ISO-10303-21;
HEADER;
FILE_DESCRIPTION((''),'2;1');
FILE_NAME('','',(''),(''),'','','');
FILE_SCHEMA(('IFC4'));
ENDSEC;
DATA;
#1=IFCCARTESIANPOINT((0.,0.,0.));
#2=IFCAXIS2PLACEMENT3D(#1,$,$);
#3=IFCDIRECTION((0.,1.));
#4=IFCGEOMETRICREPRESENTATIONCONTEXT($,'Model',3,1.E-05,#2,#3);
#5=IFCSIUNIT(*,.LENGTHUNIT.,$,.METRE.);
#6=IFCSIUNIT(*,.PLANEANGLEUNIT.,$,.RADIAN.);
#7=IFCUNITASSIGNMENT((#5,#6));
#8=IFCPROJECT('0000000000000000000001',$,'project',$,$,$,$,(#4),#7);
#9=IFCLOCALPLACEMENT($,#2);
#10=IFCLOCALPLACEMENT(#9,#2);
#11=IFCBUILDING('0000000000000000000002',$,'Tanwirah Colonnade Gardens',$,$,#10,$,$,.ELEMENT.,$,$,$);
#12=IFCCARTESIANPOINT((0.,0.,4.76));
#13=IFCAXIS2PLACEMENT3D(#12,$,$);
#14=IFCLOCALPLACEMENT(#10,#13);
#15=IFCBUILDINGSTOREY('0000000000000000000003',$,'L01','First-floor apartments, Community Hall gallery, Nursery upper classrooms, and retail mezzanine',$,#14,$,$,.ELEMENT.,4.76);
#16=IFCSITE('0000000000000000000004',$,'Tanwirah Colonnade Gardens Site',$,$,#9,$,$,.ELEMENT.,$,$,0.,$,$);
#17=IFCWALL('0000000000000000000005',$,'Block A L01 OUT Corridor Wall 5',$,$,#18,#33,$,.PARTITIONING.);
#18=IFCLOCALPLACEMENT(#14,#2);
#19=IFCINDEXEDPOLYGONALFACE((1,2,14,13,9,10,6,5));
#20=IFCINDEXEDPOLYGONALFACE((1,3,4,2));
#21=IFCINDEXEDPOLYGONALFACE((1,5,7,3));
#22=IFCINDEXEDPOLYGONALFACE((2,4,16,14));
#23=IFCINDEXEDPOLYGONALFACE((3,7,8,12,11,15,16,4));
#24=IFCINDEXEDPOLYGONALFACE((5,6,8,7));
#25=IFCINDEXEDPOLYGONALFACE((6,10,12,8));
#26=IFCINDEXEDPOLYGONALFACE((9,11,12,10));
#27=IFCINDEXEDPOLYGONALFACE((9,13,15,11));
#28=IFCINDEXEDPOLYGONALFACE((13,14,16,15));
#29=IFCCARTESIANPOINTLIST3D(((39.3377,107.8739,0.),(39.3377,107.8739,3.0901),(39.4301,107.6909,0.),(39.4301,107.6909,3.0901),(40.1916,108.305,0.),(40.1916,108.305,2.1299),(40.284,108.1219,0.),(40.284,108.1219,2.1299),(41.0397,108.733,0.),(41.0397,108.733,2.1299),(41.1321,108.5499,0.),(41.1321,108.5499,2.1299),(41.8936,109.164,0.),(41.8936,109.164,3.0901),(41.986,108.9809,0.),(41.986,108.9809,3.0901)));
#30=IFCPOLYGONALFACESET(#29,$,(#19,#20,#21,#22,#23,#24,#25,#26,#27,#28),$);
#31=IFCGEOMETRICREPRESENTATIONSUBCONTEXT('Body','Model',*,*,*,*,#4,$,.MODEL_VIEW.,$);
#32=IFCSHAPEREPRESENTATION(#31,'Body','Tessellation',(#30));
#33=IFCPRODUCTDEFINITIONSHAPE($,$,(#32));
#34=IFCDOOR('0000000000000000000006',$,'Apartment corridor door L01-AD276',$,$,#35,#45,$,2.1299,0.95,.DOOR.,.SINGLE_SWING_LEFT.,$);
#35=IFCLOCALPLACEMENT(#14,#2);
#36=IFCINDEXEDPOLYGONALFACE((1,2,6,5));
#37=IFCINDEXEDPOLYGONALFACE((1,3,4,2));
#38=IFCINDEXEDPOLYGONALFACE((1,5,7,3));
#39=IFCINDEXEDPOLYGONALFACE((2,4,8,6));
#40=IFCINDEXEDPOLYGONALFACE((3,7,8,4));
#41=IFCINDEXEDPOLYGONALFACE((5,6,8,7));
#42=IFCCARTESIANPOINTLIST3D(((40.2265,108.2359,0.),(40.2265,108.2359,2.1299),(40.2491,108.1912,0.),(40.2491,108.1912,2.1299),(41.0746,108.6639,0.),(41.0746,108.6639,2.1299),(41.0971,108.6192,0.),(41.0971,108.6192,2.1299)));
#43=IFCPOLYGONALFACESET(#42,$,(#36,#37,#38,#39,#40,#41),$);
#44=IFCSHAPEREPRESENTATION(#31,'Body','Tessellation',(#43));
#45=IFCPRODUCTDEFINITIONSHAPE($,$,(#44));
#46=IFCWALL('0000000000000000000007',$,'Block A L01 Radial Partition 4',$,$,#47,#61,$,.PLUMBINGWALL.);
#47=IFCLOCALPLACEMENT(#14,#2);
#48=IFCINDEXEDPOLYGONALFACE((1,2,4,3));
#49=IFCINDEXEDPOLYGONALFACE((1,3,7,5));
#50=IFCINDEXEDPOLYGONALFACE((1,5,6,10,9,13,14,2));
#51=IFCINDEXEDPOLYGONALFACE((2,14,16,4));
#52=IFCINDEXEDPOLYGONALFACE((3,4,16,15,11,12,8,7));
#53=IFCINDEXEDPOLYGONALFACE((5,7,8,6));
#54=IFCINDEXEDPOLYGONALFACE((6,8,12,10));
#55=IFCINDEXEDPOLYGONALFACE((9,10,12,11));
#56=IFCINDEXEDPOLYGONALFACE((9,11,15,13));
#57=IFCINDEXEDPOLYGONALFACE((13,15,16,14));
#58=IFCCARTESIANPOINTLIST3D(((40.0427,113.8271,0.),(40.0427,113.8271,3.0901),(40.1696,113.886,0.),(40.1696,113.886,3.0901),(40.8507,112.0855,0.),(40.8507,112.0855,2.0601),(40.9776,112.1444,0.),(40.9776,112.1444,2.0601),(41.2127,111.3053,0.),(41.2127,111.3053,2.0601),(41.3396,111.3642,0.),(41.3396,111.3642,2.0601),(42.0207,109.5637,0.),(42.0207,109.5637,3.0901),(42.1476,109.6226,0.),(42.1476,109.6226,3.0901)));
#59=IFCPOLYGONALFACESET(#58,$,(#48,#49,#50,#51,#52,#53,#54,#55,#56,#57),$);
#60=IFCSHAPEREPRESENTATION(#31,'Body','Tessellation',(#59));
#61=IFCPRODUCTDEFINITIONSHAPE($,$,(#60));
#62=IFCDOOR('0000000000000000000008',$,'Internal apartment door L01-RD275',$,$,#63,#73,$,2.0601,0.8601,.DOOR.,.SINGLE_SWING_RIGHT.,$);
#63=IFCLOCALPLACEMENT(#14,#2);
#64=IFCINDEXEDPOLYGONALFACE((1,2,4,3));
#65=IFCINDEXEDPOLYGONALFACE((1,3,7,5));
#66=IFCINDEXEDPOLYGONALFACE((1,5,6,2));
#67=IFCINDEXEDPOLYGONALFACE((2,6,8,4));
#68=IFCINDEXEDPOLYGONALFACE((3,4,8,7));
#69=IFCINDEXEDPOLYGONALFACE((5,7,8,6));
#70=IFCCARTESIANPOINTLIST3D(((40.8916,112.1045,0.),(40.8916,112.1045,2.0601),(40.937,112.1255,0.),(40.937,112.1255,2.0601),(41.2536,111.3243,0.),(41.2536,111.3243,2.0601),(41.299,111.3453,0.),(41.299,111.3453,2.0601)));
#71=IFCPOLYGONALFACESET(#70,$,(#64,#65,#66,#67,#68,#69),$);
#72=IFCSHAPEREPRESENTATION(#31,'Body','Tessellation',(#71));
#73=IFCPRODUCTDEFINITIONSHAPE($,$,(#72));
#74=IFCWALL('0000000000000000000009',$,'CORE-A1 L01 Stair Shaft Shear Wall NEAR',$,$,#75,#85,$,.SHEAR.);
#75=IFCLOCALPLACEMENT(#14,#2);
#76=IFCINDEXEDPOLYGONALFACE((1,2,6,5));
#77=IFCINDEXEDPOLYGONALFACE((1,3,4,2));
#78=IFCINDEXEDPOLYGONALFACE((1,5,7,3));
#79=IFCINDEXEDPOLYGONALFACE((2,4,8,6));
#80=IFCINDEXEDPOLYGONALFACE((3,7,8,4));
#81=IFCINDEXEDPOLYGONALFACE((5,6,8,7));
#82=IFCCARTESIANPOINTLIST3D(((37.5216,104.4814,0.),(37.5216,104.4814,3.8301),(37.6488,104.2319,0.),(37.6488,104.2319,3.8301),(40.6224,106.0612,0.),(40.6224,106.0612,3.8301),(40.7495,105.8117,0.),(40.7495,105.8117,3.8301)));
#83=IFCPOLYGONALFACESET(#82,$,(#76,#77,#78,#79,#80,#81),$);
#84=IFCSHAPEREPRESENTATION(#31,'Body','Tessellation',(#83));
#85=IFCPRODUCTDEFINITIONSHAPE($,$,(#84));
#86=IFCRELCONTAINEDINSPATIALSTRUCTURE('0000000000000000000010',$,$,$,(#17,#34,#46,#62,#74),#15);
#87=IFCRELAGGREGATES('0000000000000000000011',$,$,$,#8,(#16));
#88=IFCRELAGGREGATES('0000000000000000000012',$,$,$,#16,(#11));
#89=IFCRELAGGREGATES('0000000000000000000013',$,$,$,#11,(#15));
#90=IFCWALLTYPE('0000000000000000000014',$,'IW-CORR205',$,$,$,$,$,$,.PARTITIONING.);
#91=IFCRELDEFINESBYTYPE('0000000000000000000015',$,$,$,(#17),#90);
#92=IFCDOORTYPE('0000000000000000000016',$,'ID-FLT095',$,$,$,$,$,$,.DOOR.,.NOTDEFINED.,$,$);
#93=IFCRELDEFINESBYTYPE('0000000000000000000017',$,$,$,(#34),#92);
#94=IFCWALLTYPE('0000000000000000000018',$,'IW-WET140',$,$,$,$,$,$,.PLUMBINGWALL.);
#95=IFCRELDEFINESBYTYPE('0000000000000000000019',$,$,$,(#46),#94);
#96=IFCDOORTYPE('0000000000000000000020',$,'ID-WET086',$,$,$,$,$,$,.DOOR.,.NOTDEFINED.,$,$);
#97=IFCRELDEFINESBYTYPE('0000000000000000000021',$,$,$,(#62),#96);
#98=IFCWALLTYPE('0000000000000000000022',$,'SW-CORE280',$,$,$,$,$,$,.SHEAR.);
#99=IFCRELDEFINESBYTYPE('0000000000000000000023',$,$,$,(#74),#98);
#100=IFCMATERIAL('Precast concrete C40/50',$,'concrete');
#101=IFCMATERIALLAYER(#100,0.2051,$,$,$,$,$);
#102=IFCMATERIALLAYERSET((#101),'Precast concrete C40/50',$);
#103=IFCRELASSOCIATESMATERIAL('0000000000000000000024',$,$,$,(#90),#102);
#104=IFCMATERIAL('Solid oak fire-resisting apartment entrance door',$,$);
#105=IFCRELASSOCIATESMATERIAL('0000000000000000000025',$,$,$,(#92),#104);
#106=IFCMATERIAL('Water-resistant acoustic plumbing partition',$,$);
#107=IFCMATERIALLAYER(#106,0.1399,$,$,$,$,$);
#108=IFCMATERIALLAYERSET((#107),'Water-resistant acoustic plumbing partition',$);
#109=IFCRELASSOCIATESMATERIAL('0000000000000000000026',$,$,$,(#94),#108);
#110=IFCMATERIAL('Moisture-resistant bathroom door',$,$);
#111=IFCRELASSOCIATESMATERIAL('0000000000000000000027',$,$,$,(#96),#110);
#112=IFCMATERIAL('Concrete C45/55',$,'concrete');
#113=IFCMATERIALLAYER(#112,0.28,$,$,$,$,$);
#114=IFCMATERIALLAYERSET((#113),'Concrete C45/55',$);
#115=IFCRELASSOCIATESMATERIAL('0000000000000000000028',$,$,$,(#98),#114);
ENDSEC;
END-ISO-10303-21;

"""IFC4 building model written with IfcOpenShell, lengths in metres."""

from ifc_helpers import new_model, si_unit, direction, frame, frame_2d, origin, place, context, subcontext, project, spatial, rectangle, extrude, material, layer, layer_set, type_object, element, fill, save


model = new_model("IFC4")

# Units and contexts
model_context = context("Model", 3, precision=1e-05, world=origin(), true_north=direction((0.0, 1.0)))
body_context = subcontext(model_context, "Body", "Model", "MODEL_VIEW")
ifc_project = project(units=[si_unit("LENGTHUNIT", "METRE"), si_unit("PLANEANGLEUNIT", "RADIAN")], contexts=[model_context])

# Site, building, storey
site_placement = place(None, origin())
site = spatial("IfcSite", under=ifc_project, at=site_placement, Name="Tanwirah Colonnade Gardens Site", CompositionType="ELEMENT", RefElevation=0.0)
building_placement = place(site_placement, origin())
building = spatial("IfcBuilding", under=site, at=building_placement, Name="Tanwirah Colonnade Gardens", CompositionType="ELEMENT")
storey_placement = place(building_placement, frame((0.0, 0.0, 4.76)))
storey = spatial("IfcBuildingStorey", under=building, at=storey_placement, Name="L01", Description="First-floor apartments, Community Hall gallery, Nursery upper classrooms, and retail mezzanine", CompositionType="ELEMENT", Elevation=4.76)

# Shared definitions
ifc_material_1 = material(Name="Precast concrete C40/50", Category="concrete")

# Walls, openings, doors
ifc_layer_1 = layer(ifc_material_1, 0.2051)
ifc_layer_set_1 = layer_set([ifc_layer_1], Name="Precast concrete C40/50")
wall_type_1 = type_object("IfcWallType", Name="IW-CORR205", PredefinedType="PARTITIONING", material=ifc_layer_set_1)
wall_1_placement = place(storey_placement, frame((41.9399, 109.0725, 0.0), z_axis=(0.0, 0.0, 1.0), x_axis=(-0.892732, -0.450587, 0.0)))
wall_1 = element("IfcWall", 1, at=wall_1_placement, inside=storey, type_object=wall_type_1, Name="Block A L01 OUT Corridor Wall 5", PredefinedType="PARTITIONING", context=body_context, shape_type="SweptSolid", body=[
    extrude(rectangle(XDim=2.863, YDim=0.2051, at=frame_2d((1.4316, 0.0))), origin(), (0.0, 0.0, 1.0), 3.0901),
])
opening_1_placement = place(wall_1_placement, frame((0.9565, 0.0, 0.0)))
opening_1 = element("IfcOpeningElement", 2, at=opening_1_placement, cuts=wall_1, PredefinedType="OPENING", context=body_context, shape_type="SweptSolid", body=[
    extrude(rectangle(XDim=0.95, YDim=2.1299, at=frame_2d((0.4751, 1.0649))), frame((0.0, 0.1125, 0.0), z_axis=(0.0, -1.0, 0.0), x_axis=(1.0, 0.0, 0.0)), (0.0, 0.0, 1.0), 0.2251),
])
ifc_material_2 = material(Name="Solid oak fire-resisting apartment entrance door")
door_type_1 = type_object("IfcDoorType", Name="ID-FLT095", OperationType="NOTDEFINED", PredefinedType="DOOR", material=ifc_material_2)
door_1_placement = place(opening_1_placement, origin())
door_1 = element("IfcDoor", 3, at=door_1_placement, inside=storey, type_object=door_type_1, Name="Apartment corridor door L01-AD276", OperationType="SINGLE_SWING_LEFT", OverallHeight=2.1299, OverallWidth=0.95, PredefinedType="DOOR", context=body_context, shape_type="SweptSolid", body=[
    extrude(rectangle(XDim=0.95, YDim=2.1299, at=frame_2d((0.4751, 1.0649))), frame((0.0, 0.0249, 0.0), z_axis=(0.0, -1.0, 0.0), x_axis=(1.0, 0.0, 0.0)), (0.0, 0.0, 1.0), 0.05),
])
fill(opening_1, door_1)
ifc_material_3 = material(Name="Water-resistant acoustic plumbing partition")
ifc_layer_2 = layer(ifc_material_3, 0.1399)
ifc_layer_set_2 = layer_set([ifc_layer_2], Name="Water-resistant acoustic plumbing partition")
wall_type_2 = type_object("IfcWallType", Name="IW-WET140", PredefinedType="PLUMBINGWALL", material=ifc_layer_set_2)
wall_2_placement = place(storey_placement, frame((42.0842, 109.593, 0.0), z_axis=(0.0, 0.0, 1.0), x_axis=(-0.420863, 0.907124, 0.0)))
wall_2 = element("IfcWall", 4, at=wall_2_placement, inside=storey, type_object=wall_type_2, Name="Block A L01 Radial Partition 4", PredefinedType="PLUMBINGWALL", context=body_context, shape_type="SweptSolid", body=[
    extrude(rectangle(XDim=4.7, YDim=0.1399, at=frame_2d((2.3501, 0.0))), origin(), (0.0, 0.0, 1.0), 3.0901),
])
opening_2_placement = place(wall_2_placement, frame((1.9199, 0.0, 0.0)))
opening_2 = element("IfcOpeningElement", 5, at=opening_2_placement, cuts=wall_2, PredefinedType="OPENING", context=body_context, shape_type="SweptSolid", body=[
    extrude(rectangle(XDim=0.8601, YDim=2.0601, at=frame_2d((0.4302, 1.03))), frame((0.0, 0.0798, 0.0), z_axis=(0.0, -1.0, 0.0), x_axis=(1.0, 0.0, 0.0)), (0.0, 0.0, 1.0), 0.1599),
])
ifc_material_4 = material(Name="Moisture-resistant bathroom door")
door_type_2 = type_object("IfcDoorType", Name="ID-WET086", OperationType="NOTDEFINED", PredefinedType="DOOR", material=ifc_material_4)
door_2_placement = place(opening_2_placement, origin())
door_2 = element("IfcDoor", 6, at=door_2_placement, inside=storey, type_object=door_type_2, Name="Internal apartment door L01-RD275", OperationType="SINGLE_SWING_RIGHT", OverallHeight=2.0601, OverallWidth=0.8601, PredefinedType="DOOR", context=body_context, shape_type="SweptSolid", body=[
    extrude(rectangle(XDim=0.8601, YDim=2.0601, at=frame_2d((0.4302, 1.03))), frame((0.0, 0.0249, 0.0), z_axis=(0.0, -1.0, 0.0), x_axis=(1.0, 0.0, 0.0)), (0.0, 0.0, 1.0), 0.05),
])
fill(opening_2, door_2)

# Wall
ifc_material_5 = material(Name="Concrete C45/55", Category="concrete")
ifc_layer_3 = layer(ifc_material_5, 0.28)
ifc_layer_set_3 = layer_set([ifc_layer_3], Name="Concrete C45/55")
wall_type_3 = type_object("IfcWallType", Name="SW-CORE280", PredefinedType="SHEAR", material=ifc_layer_set_3)
wall_3_placement = place(storey_placement, frame((37.5852, 104.3567, 0.0), z_axis=(0.0, 0.0, 1.0), x_axis=(0.89102, 0.453964, 0.0)))
element("IfcWall", 7, at=wall_3_placement, inside=storey, type_object=wall_type_3, Name="CORE-A1 L01 Stair Shaft Shear Wall NEAR", PredefinedType="SHEAR", context=body_context, shape_type="SweptSolid", body=[
    extrude(rectangle(XDim=3.48, YDim=0.28, at=frame_2d((1.74, 0.0))), origin(), (0.0, 0.0, 1.0), 3.8301),
])

save(model, "model.ifc")
